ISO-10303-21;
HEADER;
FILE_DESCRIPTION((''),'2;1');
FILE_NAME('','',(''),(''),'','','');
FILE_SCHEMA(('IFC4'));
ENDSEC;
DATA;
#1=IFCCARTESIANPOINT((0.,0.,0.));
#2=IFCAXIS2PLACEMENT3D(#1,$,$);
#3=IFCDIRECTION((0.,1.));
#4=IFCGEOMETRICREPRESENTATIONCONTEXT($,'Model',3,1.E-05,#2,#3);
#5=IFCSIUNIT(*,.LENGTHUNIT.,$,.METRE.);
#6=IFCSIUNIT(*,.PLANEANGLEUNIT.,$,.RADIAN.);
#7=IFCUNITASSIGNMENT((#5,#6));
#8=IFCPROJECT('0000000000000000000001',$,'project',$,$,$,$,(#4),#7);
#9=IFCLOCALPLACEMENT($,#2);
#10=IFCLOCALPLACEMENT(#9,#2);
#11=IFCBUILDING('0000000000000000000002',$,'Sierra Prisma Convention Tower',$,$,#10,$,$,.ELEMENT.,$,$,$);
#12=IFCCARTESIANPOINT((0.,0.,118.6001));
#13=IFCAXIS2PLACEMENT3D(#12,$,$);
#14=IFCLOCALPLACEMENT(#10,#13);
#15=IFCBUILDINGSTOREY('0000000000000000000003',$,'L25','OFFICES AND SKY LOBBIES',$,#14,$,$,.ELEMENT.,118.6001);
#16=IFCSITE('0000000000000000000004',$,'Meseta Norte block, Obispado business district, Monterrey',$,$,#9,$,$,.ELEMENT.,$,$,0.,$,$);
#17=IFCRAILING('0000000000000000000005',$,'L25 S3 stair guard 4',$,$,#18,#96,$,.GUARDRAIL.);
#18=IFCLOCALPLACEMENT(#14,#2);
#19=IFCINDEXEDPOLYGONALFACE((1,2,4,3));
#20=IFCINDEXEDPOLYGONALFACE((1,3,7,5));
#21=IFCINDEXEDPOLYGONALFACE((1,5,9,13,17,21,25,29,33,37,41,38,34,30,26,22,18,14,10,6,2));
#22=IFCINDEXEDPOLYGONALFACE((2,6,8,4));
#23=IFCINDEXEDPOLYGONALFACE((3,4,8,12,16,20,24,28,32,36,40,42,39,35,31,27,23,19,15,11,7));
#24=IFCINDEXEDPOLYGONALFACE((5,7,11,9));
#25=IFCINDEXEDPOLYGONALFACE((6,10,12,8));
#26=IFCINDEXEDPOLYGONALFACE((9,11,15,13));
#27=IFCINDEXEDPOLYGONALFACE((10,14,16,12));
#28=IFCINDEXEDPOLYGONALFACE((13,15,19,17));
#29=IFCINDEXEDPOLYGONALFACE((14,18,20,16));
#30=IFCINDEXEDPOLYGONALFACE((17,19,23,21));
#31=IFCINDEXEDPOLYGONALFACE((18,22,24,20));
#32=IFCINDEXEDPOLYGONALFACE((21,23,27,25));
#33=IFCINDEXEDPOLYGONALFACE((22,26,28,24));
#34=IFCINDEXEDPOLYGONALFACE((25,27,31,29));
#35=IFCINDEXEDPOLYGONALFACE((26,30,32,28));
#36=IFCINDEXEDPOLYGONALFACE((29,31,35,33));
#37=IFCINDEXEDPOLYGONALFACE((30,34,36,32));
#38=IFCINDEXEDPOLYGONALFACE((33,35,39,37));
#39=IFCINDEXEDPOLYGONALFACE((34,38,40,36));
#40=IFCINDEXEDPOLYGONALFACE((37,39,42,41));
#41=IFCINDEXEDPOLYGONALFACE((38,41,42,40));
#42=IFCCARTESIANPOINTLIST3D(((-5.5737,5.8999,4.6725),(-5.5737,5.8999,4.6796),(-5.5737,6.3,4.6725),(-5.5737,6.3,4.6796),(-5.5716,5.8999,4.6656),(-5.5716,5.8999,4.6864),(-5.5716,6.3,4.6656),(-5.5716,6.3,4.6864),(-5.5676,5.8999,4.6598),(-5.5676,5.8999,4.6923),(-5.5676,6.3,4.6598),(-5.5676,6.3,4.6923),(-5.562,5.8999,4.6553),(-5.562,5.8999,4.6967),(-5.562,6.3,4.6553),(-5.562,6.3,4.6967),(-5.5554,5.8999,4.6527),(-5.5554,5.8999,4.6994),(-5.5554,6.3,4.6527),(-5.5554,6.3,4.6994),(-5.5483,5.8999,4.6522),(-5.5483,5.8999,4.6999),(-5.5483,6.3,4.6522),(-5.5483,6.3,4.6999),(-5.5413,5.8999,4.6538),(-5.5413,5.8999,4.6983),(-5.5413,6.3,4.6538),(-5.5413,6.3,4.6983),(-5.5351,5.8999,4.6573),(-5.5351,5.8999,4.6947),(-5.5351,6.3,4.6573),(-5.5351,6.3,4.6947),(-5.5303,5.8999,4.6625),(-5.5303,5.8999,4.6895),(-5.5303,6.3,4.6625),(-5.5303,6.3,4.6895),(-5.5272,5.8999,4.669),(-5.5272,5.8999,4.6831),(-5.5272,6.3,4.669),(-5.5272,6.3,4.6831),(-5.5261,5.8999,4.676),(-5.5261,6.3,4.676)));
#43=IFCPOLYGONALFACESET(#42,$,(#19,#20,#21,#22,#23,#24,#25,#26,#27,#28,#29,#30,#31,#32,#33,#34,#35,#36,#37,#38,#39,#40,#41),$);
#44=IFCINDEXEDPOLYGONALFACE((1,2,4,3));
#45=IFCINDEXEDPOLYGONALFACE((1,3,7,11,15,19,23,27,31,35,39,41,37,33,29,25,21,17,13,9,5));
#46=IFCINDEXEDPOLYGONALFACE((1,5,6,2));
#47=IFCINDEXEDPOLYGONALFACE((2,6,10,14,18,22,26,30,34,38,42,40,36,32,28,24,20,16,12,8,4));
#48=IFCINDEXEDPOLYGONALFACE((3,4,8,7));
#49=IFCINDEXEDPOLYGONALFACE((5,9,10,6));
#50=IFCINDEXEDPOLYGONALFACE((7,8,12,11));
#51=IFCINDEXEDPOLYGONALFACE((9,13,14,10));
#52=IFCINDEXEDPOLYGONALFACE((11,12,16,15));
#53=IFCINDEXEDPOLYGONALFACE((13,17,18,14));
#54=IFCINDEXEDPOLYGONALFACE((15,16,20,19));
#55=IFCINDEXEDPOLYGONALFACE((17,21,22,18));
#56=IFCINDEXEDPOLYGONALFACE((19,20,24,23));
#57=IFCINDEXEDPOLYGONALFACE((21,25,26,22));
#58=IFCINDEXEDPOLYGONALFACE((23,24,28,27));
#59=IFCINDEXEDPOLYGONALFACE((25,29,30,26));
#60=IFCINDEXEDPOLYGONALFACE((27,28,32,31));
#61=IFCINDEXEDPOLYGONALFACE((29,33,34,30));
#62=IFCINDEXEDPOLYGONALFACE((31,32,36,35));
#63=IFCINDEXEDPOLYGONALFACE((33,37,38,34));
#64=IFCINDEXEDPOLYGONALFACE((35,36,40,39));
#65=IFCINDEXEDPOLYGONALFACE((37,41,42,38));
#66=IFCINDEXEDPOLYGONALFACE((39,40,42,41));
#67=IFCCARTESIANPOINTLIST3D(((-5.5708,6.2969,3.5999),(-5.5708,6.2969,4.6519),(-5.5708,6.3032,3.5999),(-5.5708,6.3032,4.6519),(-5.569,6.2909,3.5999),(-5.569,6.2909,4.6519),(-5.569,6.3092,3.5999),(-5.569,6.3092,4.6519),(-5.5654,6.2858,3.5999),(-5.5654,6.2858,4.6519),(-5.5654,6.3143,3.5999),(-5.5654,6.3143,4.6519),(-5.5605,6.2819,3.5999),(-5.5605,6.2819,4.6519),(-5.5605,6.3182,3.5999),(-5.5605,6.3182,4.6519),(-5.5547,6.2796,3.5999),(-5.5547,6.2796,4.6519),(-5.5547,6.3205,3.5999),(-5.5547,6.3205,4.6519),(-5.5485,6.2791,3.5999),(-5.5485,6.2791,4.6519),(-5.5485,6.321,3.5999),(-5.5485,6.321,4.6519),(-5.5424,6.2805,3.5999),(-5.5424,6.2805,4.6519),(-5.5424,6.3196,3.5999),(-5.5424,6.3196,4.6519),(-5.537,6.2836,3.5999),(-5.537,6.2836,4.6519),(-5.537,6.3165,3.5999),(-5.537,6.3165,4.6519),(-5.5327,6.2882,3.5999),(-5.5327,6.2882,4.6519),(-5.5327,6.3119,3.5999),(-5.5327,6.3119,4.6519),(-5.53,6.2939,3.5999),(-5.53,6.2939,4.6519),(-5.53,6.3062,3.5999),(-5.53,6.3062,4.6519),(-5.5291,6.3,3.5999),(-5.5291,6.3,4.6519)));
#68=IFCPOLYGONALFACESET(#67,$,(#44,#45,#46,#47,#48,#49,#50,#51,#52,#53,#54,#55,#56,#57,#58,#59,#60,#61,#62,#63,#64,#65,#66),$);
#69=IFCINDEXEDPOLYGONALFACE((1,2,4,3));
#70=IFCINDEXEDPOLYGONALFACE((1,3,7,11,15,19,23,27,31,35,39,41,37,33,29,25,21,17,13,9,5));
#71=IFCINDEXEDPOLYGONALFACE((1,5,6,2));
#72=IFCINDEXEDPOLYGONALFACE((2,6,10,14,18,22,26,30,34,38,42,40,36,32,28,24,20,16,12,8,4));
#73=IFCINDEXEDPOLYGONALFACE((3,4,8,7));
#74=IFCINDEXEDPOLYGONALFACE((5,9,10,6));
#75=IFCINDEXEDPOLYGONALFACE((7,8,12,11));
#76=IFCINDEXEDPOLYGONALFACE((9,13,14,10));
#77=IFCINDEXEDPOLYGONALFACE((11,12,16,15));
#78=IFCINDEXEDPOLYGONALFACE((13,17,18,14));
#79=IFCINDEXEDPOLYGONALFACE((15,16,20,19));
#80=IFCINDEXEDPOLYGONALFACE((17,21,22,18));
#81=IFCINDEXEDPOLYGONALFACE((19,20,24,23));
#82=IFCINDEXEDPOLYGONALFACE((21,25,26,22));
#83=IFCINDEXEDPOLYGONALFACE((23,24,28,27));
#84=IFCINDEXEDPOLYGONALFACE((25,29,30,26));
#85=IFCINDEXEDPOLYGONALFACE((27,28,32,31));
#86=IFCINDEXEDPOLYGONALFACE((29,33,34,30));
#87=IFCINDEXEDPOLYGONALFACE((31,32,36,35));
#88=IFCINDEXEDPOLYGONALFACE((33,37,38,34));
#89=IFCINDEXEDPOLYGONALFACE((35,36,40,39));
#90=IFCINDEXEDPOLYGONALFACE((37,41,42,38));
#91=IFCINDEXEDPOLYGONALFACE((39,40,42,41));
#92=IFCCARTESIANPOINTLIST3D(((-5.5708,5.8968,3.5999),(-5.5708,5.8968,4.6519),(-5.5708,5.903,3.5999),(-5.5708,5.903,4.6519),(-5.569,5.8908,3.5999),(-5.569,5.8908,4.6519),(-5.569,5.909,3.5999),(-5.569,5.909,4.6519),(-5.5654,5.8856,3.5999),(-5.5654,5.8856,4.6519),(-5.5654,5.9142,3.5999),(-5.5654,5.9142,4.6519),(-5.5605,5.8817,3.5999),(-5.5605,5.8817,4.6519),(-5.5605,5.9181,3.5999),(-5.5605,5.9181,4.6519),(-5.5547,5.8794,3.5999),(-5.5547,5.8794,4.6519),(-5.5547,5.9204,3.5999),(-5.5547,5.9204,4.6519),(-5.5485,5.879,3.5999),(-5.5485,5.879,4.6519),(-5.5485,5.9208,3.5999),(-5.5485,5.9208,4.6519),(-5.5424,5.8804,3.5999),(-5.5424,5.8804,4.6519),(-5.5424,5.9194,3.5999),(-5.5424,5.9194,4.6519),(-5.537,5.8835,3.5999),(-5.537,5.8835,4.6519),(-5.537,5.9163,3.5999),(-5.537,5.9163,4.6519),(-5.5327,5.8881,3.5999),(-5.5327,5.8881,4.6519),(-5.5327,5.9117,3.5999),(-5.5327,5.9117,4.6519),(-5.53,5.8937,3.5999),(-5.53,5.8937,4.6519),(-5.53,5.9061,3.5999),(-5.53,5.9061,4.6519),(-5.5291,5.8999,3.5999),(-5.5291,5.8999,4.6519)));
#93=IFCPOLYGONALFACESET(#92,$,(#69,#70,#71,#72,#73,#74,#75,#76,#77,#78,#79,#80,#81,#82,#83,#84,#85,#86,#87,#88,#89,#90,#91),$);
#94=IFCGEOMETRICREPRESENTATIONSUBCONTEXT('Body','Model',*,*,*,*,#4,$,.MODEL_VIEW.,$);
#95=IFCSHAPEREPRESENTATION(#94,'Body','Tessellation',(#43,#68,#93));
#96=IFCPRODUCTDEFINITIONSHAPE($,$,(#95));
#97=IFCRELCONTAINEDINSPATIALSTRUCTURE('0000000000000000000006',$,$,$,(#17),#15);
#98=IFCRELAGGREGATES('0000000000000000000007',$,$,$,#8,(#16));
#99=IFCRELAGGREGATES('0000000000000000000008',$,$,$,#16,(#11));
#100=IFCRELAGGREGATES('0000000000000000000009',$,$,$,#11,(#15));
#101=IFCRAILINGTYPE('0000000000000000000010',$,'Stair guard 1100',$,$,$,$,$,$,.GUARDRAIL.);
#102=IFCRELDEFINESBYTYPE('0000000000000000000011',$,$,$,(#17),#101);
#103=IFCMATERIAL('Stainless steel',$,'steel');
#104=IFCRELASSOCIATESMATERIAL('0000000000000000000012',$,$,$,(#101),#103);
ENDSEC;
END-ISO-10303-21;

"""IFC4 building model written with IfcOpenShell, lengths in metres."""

from ifc_helpers import new_model, si_unit, direction, frame, origin, origin_2d, place, context, subcontext, project, spatial, circle, extrude, material, type_object, element, save


model = new_model("IFC4")

# Units and contexts
model_context = context("Model", 3, precision=1e-05, world=origin(), true_north=direction((0.0, 1.0)))
body_context = subcontext(model_context, "Body", "Model", "MODEL_VIEW")
ifc_project = project(units=[si_unit("LENGTHUNIT", "METRE"), si_unit("PLANEANGLEUNIT", "RADIAN")], contexts=[model_context])

# Site, building, storey
site_placement = place(None, origin())
site = spatial("IfcSite", under=ifc_project, at=site_placement, Name="Meseta Norte block, Obispado business district, Monterrey", CompositionType="ELEMENT", RefElevation=0.0)
building_placement = place(site_placement, origin())
building = spatial("IfcBuilding", under=site, at=building_placement, Name="Sierra Prisma Convention Tower", CompositionType="ELEMENT")
storey_placement = place(building_placement, frame((0.0, 0.0, 118.6001)))
storey = spatial("IfcBuildingStorey", under=building, at=storey_placement, Name="L25", Description="OFFICES AND SKY LOBBIES", CompositionType="ELEMENT", Elevation=118.6001)

# Railing
ifc_material_1 = material(Name="Stainless steel", Category="steel")
railing_type_1 = type_object("IfcRailingType", Name="Stair guard 1100", PredefinedType="GUARDRAIL", material=ifc_material_1)
railing_1_placement = place(storey_placement, frame((-5.55, 6.3, 3.5999)))
element("IfcRailing", 1, at=railing_1_placement, inside=storey, type_object=railing_type_1, Name="L25 S3 stair guard 4", PredefinedType="GUARDRAIL", context=body_context, shape_type="SweptSolid", body=[
    extrude(circle(Radius=0.0239, at=origin_2d()), frame((0.0, 0.0, 1.0762), z_axis=(0.0, -1.0, 0.0), x_axis=(1.0, 0.0, 0.0)), (0.0, 0.0, 1.0), 0.4001),
    extrude(circle(Radius=0.021, at=origin_2d()), origin(), (0.0, 0.0, 1.0), 1.052),
    extrude(circle(Radius=0.021, at=origin_2d()), frame((0.0, -0.4001, 0.0)), (0.0, 0.0, 1.0), 1.052),
])

save(model, "model.ifc")
